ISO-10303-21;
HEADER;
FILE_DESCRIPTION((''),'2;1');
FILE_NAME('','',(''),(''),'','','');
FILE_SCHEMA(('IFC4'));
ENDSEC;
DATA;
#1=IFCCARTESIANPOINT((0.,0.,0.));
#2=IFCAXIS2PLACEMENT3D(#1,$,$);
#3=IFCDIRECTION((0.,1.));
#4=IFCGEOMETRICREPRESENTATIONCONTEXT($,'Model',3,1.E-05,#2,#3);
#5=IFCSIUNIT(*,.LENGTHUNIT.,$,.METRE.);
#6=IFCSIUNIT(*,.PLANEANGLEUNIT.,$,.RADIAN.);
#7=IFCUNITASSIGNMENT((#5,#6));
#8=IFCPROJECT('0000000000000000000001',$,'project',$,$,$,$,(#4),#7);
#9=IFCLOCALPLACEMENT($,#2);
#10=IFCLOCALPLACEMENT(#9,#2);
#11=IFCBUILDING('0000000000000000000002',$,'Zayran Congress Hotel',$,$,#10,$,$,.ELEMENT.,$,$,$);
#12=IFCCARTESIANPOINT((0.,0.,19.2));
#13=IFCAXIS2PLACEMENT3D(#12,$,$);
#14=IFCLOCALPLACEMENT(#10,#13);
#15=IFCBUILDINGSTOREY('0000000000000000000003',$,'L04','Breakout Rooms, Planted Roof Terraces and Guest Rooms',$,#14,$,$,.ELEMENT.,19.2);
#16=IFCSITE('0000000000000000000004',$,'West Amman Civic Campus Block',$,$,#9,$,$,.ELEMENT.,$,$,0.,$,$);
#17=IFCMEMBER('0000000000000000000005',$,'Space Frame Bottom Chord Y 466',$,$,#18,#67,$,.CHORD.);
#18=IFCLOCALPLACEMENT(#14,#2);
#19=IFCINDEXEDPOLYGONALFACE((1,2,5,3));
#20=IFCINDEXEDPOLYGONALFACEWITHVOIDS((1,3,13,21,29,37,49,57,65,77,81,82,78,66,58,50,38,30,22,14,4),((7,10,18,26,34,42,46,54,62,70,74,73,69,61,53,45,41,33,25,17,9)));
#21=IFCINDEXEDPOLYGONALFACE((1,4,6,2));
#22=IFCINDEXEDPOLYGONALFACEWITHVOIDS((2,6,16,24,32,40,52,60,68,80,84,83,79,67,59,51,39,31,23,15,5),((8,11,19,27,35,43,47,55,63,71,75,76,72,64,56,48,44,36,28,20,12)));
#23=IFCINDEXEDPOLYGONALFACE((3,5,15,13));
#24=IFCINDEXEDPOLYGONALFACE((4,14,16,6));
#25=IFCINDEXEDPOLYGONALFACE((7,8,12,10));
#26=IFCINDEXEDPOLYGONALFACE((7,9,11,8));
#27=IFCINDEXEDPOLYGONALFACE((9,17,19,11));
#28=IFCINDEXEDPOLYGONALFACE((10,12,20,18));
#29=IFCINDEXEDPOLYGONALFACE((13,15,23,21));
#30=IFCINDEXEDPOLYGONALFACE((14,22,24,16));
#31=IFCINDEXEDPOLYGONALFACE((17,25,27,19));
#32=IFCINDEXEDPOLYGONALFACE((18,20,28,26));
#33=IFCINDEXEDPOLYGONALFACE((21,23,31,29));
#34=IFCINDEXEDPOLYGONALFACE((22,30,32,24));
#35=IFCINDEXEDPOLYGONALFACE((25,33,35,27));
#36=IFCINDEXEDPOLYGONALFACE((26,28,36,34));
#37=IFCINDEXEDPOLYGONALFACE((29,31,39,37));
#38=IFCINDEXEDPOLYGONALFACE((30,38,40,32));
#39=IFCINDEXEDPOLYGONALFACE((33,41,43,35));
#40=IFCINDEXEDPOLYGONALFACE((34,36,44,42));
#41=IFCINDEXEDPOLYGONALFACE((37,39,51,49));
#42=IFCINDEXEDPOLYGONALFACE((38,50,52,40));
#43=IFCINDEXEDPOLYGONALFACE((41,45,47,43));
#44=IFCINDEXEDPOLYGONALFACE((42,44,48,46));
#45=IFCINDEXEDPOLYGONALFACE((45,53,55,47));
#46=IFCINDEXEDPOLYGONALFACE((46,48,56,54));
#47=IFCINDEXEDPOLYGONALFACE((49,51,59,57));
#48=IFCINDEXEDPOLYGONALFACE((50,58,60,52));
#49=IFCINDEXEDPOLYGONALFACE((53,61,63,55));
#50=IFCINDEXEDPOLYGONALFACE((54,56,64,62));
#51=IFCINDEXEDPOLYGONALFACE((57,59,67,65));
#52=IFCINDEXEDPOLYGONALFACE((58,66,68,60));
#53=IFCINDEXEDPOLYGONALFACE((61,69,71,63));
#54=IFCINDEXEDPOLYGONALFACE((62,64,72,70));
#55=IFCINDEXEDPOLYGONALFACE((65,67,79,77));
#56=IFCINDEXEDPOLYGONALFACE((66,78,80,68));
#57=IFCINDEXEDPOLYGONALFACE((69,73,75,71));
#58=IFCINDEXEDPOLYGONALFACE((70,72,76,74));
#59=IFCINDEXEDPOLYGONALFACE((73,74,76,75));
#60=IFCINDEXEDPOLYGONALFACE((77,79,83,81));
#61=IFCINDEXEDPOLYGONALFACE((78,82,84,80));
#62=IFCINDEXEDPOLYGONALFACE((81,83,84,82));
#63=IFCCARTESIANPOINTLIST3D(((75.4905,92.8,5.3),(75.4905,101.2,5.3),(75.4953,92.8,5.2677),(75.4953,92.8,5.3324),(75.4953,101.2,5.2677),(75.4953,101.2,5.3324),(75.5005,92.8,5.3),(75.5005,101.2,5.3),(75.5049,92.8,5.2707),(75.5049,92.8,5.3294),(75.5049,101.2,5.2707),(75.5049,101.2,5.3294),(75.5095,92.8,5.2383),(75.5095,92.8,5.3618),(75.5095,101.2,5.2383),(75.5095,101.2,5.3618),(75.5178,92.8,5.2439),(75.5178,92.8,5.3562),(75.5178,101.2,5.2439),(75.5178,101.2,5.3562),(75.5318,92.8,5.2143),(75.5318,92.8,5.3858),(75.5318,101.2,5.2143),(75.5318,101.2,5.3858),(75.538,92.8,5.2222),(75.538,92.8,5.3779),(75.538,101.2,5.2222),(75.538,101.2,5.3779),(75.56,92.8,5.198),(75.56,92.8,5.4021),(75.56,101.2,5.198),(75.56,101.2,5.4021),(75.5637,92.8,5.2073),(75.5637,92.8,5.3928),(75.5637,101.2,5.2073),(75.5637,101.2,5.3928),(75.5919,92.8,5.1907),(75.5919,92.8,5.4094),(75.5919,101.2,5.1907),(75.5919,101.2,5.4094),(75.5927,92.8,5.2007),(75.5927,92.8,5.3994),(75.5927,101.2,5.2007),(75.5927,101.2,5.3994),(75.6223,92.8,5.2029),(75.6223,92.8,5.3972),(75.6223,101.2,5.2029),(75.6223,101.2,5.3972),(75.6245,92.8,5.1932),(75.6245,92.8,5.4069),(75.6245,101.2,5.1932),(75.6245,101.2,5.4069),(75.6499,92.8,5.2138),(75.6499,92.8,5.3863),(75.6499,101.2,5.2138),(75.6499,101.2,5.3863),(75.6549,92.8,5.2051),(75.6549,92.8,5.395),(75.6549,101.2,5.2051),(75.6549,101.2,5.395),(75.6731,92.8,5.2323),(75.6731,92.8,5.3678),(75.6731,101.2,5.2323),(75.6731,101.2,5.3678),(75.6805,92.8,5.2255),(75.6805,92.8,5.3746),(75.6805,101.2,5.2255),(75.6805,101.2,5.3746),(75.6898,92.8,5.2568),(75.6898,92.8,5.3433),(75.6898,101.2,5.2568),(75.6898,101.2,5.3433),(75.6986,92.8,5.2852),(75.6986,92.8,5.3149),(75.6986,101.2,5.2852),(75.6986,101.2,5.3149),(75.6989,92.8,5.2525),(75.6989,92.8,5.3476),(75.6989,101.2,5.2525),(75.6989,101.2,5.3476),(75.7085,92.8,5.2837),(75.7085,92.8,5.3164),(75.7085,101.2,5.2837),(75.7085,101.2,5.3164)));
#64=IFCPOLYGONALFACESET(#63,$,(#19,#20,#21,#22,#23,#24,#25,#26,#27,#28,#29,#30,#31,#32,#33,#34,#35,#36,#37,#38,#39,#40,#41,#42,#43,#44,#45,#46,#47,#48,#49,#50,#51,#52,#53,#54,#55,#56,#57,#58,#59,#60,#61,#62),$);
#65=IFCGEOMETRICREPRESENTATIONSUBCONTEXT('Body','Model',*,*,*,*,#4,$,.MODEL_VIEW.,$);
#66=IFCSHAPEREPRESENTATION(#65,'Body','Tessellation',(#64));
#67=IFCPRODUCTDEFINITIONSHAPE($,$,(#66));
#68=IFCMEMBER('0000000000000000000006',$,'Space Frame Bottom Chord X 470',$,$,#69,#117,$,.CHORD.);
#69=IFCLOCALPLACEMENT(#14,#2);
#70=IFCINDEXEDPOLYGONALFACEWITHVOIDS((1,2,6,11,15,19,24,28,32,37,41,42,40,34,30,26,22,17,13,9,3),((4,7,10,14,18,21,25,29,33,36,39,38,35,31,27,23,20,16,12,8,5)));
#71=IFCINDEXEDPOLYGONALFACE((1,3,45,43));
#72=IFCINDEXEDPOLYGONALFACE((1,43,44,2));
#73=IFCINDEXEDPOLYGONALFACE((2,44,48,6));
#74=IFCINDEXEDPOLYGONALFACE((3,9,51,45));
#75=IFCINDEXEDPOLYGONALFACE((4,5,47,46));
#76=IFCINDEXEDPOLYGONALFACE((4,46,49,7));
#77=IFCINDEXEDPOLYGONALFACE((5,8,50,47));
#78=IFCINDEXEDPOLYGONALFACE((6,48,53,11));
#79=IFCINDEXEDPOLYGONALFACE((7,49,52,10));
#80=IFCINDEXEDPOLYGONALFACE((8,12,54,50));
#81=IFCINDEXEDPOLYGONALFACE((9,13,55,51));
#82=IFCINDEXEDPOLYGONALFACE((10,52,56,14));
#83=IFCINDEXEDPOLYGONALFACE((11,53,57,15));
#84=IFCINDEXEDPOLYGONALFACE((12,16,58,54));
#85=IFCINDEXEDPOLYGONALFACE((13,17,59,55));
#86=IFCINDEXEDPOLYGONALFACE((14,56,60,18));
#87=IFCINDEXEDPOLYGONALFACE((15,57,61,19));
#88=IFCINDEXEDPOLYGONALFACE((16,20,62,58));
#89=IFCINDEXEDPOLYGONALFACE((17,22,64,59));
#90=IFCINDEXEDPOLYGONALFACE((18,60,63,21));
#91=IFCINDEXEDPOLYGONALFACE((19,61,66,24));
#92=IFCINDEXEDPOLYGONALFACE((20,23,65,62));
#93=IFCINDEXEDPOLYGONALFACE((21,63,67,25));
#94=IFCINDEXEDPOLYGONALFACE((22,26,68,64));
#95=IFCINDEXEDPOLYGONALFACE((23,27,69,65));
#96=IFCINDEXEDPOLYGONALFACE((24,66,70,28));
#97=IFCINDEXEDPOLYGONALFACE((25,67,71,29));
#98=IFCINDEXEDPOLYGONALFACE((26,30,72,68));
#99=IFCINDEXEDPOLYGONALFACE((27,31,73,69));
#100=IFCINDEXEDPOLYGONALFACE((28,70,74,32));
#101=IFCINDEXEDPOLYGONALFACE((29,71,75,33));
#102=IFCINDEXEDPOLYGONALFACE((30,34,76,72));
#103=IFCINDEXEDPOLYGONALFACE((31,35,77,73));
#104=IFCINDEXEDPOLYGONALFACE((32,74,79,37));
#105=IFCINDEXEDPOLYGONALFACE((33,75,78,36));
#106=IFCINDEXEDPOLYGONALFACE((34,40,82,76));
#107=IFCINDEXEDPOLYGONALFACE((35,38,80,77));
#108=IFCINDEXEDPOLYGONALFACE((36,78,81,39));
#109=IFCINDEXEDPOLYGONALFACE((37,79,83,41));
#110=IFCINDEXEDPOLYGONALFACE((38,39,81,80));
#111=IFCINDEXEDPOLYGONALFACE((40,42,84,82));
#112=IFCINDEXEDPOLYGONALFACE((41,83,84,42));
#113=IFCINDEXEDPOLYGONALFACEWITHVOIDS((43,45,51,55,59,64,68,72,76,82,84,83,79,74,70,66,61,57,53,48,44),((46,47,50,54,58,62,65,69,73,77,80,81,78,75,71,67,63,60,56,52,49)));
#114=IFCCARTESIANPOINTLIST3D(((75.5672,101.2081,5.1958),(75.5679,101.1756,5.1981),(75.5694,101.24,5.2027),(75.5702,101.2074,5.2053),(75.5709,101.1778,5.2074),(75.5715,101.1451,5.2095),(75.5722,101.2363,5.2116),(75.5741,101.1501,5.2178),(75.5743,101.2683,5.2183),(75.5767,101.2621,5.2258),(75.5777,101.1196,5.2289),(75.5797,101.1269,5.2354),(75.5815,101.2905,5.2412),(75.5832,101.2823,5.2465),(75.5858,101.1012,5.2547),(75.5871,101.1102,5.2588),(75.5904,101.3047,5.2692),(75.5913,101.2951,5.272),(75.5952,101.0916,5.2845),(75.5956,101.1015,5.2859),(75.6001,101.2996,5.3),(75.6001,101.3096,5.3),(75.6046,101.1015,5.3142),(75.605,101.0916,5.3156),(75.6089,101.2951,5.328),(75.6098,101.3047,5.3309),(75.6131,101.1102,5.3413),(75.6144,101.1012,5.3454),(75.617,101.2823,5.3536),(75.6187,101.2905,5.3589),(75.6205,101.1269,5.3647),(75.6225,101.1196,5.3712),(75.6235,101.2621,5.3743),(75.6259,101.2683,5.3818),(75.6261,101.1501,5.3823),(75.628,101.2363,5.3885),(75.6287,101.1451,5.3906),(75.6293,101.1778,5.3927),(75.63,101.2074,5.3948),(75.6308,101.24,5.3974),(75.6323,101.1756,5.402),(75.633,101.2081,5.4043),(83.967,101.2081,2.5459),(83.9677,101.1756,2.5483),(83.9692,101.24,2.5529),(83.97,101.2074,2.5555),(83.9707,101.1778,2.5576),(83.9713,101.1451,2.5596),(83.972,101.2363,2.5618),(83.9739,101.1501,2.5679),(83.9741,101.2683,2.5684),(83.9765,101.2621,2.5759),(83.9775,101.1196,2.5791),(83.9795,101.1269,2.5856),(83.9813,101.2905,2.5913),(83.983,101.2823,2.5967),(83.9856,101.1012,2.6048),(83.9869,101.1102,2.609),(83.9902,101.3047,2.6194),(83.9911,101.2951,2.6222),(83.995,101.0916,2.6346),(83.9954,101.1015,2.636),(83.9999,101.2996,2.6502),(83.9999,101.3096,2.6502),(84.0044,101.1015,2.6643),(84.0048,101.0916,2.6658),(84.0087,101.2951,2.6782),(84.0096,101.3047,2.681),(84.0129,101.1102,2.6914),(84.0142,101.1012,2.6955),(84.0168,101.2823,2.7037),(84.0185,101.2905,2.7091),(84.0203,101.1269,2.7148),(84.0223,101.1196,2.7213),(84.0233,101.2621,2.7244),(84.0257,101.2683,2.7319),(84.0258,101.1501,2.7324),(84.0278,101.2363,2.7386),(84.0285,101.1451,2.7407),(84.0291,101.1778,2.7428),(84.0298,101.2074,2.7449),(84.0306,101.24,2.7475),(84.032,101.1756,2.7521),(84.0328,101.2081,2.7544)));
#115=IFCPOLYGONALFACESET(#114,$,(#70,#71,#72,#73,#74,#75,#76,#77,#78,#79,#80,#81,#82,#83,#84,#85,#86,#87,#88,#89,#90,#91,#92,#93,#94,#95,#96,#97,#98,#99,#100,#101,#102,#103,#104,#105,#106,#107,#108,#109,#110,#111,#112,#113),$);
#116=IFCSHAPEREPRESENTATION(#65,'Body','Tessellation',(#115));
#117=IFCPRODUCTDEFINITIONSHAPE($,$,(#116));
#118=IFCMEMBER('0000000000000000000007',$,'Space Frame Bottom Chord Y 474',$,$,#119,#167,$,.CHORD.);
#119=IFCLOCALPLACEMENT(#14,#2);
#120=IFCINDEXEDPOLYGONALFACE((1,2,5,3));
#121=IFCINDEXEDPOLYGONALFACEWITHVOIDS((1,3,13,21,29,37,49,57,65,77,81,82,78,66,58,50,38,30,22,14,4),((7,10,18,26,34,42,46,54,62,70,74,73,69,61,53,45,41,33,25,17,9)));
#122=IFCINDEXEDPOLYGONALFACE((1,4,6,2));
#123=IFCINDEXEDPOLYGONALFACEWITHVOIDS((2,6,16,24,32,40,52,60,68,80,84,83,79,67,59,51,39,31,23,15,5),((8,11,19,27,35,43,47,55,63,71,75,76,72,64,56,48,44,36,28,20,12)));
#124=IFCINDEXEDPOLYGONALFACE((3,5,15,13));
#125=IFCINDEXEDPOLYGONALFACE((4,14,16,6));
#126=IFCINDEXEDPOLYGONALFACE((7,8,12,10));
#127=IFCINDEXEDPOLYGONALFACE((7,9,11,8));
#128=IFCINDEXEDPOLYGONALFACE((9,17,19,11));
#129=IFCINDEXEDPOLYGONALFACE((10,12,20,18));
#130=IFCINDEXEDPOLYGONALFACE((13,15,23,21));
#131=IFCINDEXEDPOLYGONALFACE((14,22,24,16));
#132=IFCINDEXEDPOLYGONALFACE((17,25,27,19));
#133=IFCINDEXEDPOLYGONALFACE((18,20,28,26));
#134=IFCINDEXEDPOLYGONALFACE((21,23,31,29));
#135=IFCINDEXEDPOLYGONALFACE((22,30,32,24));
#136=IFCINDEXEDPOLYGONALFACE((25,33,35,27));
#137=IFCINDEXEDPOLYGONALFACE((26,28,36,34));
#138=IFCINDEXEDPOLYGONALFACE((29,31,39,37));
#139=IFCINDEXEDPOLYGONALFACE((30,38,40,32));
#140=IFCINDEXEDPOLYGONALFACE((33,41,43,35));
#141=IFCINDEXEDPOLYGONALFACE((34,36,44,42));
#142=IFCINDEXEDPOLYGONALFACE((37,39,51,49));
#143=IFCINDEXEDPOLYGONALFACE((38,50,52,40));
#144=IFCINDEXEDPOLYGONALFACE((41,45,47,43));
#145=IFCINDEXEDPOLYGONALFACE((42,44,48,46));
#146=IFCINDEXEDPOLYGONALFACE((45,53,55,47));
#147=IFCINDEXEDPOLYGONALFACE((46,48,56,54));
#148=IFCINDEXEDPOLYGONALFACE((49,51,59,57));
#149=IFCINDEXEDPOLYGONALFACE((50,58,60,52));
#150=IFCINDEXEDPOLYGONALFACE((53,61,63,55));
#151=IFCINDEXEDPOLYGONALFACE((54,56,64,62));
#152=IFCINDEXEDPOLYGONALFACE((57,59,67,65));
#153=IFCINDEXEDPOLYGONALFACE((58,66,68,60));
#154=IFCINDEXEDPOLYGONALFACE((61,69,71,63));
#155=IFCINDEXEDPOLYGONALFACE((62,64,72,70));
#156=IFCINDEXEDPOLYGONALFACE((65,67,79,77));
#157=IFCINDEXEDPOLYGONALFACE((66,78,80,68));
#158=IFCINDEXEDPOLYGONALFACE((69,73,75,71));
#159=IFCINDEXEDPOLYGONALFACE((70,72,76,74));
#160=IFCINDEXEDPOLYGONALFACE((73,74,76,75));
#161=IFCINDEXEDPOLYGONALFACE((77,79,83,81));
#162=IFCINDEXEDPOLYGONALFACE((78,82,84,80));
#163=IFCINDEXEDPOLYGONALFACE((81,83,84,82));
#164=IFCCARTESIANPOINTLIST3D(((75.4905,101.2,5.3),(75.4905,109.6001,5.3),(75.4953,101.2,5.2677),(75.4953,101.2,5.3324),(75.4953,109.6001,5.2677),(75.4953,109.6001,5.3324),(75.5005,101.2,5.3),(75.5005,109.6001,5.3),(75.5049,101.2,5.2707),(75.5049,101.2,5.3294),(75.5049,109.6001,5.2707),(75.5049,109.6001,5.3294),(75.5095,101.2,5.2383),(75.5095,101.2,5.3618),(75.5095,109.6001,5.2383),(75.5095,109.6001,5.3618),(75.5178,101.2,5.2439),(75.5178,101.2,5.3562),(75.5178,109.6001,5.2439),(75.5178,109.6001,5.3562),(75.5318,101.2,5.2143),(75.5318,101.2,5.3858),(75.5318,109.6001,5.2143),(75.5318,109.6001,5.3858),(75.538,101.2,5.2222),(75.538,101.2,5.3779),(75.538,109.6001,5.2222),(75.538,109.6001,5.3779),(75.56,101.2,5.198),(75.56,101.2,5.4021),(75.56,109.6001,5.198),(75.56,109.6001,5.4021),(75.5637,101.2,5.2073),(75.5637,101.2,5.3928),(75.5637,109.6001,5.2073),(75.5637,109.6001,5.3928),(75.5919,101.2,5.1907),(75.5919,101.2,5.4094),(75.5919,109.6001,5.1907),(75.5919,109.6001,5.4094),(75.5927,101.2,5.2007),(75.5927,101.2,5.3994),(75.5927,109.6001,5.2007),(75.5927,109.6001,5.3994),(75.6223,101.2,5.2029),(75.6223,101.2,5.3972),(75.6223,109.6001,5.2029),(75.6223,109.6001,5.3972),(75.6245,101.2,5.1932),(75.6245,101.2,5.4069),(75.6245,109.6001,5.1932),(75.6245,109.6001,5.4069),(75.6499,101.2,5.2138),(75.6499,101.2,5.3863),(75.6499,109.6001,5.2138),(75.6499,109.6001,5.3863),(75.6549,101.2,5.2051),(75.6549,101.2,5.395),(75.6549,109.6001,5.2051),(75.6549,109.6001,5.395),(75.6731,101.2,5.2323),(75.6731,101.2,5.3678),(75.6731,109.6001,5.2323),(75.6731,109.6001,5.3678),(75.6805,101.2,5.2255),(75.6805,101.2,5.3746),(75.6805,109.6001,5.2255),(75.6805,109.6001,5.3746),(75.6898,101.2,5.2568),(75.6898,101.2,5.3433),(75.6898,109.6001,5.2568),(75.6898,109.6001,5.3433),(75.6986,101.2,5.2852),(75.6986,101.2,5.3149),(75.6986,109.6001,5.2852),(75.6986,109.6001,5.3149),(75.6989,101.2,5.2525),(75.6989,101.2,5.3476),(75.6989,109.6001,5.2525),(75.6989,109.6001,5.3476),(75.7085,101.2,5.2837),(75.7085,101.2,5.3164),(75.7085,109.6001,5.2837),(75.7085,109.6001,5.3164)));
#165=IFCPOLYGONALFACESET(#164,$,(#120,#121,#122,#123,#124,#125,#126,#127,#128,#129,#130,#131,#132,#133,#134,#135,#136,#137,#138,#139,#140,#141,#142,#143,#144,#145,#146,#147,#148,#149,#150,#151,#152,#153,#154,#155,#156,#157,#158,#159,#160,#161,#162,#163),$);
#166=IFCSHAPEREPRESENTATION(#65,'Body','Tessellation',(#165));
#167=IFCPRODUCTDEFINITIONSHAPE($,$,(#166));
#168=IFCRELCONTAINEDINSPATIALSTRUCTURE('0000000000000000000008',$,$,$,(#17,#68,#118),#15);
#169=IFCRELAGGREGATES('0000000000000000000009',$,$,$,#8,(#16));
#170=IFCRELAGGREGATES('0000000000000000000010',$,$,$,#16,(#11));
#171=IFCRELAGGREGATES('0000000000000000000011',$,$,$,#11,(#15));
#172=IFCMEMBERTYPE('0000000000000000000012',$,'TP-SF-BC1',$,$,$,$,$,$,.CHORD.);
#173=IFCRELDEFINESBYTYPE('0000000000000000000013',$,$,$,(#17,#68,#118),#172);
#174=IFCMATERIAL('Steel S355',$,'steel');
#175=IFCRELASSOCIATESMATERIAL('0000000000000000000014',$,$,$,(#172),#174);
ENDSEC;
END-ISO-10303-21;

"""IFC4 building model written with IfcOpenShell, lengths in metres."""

from ifc_helpers import new_model, si_unit, direction, frame, origin, origin_2d, place, context, subcontext, project, spatial, hollow_circle, extrude, material, material_profile, profile_set, type_object, element, save


model = new_model("IFC4")

# Units and contexts
model_context = context("Model", 3, precision=1e-05, world=origin(), true_north=direction((0.0, 1.0)))
body_context = subcontext(model_context, "Body", "Model", "MODEL_VIEW")
ifc_project = project(units=[si_unit("LENGTHUNIT", "METRE"), si_unit("PLANEANGLEUNIT", "RADIAN")], contexts=[model_context])

# Site, building, storey
site_placement = place(None, origin())
site = spatial("IfcSite", under=ifc_project, at=site_placement, Name="West Amman Civic Campus Block", CompositionType="ELEMENT", RefElevation=0.0)
building_placement = place(site_placement, origin())
building = spatial("IfcBuilding", under=site, at=building_placement, Name="Zayran Congress Hotel", CompositionType="ELEMENT")
storey_placement = place(building_placement, frame((0.0, 0.0, 19.2)))
storey = spatial("IfcBuildingStorey", under=building, at=storey_placement, Name="L04", Description="Breakout Rooms, Planted Roof Terraces and Guest Rooms", CompositionType="ELEMENT", Elevation=19.2)

# Members
ifc_material_1 = material(Name="Steel S355", Category="steel")
ifc_material_profile_1 = material_profile(ifc_material_1, hollow_circle(Radius=0.1096, WallThickness=0.01, at=origin_2d()), Name="CHS 219.1x10")
ifc_profile_set_1 = profile_set([ifc_material_profile_1], Name="Steel S355")
member_type_1 = type_object("IfcMemberType", Name="TP-SF-BC1", PredefinedType="CHORD", material=ifc_profile_set_1)
member_1_placement = place(storey_placement, frame((75.6001, 92.8, 5.3), z_axis=(0.0, 1.0, 0.0), x_axis=(-1.0, 0.0, 0.0)))
element("IfcMember", 1, at=member_1_placement, inside=storey, type_object=member_type_1, Name="Space Frame Bottom Chord Y 466", PredefinedType="CHORD", context=body_context, shape_type="SweptSolid", body=[
    extrude(hollow_circle(Radius=0.1096, WallThickness=0.01, at=origin_2d()), origin(), (0.0, 0.0, 1.0), 8.3999),
])
member_2_placement = place(storey_placement, frame((75.6001, 101.2, 5.3), z_axis=(0.953671, 0.0, -0.300853), x_axis=(0.0, 1.0, 0.0)))
element("IfcMember", 2, at=member_2_placement, inside=storey, type_object=member_type_1, Name="Space Frame Bottom Chord X 470", PredefinedType="CHORD", context=body_context, shape_type="SweptSolid", body=[
    extrude(hollow_circle(Radius=0.1096, WallThickness=0.01, at=origin_2d()), origin(), (0.0, 0.0, 1.0), 8.8079),
])
member_3_placement = place(storey_placement, frame((75.6001, 101.2, 5.3), z_axis=(0.0, 1.0, 0.0), x_axis=(-1.0, 0.0, 0.0)))
element("IfcMember", 3, at=member_3_placement, inside=storey, type_object=member_type_1, Name="Space Frame Bottom Chord Y 474", PredefinedType="CHORD", context=body_context, shape_type="SweptSolid", body=[
    extrude(hollow_circle(Radius=0.1096, WallThickness=0.01, at=origin_2d()), origin(), (0.0, 0.0, 1.0), 8.4001),
])

save(model, "model.ifc")
